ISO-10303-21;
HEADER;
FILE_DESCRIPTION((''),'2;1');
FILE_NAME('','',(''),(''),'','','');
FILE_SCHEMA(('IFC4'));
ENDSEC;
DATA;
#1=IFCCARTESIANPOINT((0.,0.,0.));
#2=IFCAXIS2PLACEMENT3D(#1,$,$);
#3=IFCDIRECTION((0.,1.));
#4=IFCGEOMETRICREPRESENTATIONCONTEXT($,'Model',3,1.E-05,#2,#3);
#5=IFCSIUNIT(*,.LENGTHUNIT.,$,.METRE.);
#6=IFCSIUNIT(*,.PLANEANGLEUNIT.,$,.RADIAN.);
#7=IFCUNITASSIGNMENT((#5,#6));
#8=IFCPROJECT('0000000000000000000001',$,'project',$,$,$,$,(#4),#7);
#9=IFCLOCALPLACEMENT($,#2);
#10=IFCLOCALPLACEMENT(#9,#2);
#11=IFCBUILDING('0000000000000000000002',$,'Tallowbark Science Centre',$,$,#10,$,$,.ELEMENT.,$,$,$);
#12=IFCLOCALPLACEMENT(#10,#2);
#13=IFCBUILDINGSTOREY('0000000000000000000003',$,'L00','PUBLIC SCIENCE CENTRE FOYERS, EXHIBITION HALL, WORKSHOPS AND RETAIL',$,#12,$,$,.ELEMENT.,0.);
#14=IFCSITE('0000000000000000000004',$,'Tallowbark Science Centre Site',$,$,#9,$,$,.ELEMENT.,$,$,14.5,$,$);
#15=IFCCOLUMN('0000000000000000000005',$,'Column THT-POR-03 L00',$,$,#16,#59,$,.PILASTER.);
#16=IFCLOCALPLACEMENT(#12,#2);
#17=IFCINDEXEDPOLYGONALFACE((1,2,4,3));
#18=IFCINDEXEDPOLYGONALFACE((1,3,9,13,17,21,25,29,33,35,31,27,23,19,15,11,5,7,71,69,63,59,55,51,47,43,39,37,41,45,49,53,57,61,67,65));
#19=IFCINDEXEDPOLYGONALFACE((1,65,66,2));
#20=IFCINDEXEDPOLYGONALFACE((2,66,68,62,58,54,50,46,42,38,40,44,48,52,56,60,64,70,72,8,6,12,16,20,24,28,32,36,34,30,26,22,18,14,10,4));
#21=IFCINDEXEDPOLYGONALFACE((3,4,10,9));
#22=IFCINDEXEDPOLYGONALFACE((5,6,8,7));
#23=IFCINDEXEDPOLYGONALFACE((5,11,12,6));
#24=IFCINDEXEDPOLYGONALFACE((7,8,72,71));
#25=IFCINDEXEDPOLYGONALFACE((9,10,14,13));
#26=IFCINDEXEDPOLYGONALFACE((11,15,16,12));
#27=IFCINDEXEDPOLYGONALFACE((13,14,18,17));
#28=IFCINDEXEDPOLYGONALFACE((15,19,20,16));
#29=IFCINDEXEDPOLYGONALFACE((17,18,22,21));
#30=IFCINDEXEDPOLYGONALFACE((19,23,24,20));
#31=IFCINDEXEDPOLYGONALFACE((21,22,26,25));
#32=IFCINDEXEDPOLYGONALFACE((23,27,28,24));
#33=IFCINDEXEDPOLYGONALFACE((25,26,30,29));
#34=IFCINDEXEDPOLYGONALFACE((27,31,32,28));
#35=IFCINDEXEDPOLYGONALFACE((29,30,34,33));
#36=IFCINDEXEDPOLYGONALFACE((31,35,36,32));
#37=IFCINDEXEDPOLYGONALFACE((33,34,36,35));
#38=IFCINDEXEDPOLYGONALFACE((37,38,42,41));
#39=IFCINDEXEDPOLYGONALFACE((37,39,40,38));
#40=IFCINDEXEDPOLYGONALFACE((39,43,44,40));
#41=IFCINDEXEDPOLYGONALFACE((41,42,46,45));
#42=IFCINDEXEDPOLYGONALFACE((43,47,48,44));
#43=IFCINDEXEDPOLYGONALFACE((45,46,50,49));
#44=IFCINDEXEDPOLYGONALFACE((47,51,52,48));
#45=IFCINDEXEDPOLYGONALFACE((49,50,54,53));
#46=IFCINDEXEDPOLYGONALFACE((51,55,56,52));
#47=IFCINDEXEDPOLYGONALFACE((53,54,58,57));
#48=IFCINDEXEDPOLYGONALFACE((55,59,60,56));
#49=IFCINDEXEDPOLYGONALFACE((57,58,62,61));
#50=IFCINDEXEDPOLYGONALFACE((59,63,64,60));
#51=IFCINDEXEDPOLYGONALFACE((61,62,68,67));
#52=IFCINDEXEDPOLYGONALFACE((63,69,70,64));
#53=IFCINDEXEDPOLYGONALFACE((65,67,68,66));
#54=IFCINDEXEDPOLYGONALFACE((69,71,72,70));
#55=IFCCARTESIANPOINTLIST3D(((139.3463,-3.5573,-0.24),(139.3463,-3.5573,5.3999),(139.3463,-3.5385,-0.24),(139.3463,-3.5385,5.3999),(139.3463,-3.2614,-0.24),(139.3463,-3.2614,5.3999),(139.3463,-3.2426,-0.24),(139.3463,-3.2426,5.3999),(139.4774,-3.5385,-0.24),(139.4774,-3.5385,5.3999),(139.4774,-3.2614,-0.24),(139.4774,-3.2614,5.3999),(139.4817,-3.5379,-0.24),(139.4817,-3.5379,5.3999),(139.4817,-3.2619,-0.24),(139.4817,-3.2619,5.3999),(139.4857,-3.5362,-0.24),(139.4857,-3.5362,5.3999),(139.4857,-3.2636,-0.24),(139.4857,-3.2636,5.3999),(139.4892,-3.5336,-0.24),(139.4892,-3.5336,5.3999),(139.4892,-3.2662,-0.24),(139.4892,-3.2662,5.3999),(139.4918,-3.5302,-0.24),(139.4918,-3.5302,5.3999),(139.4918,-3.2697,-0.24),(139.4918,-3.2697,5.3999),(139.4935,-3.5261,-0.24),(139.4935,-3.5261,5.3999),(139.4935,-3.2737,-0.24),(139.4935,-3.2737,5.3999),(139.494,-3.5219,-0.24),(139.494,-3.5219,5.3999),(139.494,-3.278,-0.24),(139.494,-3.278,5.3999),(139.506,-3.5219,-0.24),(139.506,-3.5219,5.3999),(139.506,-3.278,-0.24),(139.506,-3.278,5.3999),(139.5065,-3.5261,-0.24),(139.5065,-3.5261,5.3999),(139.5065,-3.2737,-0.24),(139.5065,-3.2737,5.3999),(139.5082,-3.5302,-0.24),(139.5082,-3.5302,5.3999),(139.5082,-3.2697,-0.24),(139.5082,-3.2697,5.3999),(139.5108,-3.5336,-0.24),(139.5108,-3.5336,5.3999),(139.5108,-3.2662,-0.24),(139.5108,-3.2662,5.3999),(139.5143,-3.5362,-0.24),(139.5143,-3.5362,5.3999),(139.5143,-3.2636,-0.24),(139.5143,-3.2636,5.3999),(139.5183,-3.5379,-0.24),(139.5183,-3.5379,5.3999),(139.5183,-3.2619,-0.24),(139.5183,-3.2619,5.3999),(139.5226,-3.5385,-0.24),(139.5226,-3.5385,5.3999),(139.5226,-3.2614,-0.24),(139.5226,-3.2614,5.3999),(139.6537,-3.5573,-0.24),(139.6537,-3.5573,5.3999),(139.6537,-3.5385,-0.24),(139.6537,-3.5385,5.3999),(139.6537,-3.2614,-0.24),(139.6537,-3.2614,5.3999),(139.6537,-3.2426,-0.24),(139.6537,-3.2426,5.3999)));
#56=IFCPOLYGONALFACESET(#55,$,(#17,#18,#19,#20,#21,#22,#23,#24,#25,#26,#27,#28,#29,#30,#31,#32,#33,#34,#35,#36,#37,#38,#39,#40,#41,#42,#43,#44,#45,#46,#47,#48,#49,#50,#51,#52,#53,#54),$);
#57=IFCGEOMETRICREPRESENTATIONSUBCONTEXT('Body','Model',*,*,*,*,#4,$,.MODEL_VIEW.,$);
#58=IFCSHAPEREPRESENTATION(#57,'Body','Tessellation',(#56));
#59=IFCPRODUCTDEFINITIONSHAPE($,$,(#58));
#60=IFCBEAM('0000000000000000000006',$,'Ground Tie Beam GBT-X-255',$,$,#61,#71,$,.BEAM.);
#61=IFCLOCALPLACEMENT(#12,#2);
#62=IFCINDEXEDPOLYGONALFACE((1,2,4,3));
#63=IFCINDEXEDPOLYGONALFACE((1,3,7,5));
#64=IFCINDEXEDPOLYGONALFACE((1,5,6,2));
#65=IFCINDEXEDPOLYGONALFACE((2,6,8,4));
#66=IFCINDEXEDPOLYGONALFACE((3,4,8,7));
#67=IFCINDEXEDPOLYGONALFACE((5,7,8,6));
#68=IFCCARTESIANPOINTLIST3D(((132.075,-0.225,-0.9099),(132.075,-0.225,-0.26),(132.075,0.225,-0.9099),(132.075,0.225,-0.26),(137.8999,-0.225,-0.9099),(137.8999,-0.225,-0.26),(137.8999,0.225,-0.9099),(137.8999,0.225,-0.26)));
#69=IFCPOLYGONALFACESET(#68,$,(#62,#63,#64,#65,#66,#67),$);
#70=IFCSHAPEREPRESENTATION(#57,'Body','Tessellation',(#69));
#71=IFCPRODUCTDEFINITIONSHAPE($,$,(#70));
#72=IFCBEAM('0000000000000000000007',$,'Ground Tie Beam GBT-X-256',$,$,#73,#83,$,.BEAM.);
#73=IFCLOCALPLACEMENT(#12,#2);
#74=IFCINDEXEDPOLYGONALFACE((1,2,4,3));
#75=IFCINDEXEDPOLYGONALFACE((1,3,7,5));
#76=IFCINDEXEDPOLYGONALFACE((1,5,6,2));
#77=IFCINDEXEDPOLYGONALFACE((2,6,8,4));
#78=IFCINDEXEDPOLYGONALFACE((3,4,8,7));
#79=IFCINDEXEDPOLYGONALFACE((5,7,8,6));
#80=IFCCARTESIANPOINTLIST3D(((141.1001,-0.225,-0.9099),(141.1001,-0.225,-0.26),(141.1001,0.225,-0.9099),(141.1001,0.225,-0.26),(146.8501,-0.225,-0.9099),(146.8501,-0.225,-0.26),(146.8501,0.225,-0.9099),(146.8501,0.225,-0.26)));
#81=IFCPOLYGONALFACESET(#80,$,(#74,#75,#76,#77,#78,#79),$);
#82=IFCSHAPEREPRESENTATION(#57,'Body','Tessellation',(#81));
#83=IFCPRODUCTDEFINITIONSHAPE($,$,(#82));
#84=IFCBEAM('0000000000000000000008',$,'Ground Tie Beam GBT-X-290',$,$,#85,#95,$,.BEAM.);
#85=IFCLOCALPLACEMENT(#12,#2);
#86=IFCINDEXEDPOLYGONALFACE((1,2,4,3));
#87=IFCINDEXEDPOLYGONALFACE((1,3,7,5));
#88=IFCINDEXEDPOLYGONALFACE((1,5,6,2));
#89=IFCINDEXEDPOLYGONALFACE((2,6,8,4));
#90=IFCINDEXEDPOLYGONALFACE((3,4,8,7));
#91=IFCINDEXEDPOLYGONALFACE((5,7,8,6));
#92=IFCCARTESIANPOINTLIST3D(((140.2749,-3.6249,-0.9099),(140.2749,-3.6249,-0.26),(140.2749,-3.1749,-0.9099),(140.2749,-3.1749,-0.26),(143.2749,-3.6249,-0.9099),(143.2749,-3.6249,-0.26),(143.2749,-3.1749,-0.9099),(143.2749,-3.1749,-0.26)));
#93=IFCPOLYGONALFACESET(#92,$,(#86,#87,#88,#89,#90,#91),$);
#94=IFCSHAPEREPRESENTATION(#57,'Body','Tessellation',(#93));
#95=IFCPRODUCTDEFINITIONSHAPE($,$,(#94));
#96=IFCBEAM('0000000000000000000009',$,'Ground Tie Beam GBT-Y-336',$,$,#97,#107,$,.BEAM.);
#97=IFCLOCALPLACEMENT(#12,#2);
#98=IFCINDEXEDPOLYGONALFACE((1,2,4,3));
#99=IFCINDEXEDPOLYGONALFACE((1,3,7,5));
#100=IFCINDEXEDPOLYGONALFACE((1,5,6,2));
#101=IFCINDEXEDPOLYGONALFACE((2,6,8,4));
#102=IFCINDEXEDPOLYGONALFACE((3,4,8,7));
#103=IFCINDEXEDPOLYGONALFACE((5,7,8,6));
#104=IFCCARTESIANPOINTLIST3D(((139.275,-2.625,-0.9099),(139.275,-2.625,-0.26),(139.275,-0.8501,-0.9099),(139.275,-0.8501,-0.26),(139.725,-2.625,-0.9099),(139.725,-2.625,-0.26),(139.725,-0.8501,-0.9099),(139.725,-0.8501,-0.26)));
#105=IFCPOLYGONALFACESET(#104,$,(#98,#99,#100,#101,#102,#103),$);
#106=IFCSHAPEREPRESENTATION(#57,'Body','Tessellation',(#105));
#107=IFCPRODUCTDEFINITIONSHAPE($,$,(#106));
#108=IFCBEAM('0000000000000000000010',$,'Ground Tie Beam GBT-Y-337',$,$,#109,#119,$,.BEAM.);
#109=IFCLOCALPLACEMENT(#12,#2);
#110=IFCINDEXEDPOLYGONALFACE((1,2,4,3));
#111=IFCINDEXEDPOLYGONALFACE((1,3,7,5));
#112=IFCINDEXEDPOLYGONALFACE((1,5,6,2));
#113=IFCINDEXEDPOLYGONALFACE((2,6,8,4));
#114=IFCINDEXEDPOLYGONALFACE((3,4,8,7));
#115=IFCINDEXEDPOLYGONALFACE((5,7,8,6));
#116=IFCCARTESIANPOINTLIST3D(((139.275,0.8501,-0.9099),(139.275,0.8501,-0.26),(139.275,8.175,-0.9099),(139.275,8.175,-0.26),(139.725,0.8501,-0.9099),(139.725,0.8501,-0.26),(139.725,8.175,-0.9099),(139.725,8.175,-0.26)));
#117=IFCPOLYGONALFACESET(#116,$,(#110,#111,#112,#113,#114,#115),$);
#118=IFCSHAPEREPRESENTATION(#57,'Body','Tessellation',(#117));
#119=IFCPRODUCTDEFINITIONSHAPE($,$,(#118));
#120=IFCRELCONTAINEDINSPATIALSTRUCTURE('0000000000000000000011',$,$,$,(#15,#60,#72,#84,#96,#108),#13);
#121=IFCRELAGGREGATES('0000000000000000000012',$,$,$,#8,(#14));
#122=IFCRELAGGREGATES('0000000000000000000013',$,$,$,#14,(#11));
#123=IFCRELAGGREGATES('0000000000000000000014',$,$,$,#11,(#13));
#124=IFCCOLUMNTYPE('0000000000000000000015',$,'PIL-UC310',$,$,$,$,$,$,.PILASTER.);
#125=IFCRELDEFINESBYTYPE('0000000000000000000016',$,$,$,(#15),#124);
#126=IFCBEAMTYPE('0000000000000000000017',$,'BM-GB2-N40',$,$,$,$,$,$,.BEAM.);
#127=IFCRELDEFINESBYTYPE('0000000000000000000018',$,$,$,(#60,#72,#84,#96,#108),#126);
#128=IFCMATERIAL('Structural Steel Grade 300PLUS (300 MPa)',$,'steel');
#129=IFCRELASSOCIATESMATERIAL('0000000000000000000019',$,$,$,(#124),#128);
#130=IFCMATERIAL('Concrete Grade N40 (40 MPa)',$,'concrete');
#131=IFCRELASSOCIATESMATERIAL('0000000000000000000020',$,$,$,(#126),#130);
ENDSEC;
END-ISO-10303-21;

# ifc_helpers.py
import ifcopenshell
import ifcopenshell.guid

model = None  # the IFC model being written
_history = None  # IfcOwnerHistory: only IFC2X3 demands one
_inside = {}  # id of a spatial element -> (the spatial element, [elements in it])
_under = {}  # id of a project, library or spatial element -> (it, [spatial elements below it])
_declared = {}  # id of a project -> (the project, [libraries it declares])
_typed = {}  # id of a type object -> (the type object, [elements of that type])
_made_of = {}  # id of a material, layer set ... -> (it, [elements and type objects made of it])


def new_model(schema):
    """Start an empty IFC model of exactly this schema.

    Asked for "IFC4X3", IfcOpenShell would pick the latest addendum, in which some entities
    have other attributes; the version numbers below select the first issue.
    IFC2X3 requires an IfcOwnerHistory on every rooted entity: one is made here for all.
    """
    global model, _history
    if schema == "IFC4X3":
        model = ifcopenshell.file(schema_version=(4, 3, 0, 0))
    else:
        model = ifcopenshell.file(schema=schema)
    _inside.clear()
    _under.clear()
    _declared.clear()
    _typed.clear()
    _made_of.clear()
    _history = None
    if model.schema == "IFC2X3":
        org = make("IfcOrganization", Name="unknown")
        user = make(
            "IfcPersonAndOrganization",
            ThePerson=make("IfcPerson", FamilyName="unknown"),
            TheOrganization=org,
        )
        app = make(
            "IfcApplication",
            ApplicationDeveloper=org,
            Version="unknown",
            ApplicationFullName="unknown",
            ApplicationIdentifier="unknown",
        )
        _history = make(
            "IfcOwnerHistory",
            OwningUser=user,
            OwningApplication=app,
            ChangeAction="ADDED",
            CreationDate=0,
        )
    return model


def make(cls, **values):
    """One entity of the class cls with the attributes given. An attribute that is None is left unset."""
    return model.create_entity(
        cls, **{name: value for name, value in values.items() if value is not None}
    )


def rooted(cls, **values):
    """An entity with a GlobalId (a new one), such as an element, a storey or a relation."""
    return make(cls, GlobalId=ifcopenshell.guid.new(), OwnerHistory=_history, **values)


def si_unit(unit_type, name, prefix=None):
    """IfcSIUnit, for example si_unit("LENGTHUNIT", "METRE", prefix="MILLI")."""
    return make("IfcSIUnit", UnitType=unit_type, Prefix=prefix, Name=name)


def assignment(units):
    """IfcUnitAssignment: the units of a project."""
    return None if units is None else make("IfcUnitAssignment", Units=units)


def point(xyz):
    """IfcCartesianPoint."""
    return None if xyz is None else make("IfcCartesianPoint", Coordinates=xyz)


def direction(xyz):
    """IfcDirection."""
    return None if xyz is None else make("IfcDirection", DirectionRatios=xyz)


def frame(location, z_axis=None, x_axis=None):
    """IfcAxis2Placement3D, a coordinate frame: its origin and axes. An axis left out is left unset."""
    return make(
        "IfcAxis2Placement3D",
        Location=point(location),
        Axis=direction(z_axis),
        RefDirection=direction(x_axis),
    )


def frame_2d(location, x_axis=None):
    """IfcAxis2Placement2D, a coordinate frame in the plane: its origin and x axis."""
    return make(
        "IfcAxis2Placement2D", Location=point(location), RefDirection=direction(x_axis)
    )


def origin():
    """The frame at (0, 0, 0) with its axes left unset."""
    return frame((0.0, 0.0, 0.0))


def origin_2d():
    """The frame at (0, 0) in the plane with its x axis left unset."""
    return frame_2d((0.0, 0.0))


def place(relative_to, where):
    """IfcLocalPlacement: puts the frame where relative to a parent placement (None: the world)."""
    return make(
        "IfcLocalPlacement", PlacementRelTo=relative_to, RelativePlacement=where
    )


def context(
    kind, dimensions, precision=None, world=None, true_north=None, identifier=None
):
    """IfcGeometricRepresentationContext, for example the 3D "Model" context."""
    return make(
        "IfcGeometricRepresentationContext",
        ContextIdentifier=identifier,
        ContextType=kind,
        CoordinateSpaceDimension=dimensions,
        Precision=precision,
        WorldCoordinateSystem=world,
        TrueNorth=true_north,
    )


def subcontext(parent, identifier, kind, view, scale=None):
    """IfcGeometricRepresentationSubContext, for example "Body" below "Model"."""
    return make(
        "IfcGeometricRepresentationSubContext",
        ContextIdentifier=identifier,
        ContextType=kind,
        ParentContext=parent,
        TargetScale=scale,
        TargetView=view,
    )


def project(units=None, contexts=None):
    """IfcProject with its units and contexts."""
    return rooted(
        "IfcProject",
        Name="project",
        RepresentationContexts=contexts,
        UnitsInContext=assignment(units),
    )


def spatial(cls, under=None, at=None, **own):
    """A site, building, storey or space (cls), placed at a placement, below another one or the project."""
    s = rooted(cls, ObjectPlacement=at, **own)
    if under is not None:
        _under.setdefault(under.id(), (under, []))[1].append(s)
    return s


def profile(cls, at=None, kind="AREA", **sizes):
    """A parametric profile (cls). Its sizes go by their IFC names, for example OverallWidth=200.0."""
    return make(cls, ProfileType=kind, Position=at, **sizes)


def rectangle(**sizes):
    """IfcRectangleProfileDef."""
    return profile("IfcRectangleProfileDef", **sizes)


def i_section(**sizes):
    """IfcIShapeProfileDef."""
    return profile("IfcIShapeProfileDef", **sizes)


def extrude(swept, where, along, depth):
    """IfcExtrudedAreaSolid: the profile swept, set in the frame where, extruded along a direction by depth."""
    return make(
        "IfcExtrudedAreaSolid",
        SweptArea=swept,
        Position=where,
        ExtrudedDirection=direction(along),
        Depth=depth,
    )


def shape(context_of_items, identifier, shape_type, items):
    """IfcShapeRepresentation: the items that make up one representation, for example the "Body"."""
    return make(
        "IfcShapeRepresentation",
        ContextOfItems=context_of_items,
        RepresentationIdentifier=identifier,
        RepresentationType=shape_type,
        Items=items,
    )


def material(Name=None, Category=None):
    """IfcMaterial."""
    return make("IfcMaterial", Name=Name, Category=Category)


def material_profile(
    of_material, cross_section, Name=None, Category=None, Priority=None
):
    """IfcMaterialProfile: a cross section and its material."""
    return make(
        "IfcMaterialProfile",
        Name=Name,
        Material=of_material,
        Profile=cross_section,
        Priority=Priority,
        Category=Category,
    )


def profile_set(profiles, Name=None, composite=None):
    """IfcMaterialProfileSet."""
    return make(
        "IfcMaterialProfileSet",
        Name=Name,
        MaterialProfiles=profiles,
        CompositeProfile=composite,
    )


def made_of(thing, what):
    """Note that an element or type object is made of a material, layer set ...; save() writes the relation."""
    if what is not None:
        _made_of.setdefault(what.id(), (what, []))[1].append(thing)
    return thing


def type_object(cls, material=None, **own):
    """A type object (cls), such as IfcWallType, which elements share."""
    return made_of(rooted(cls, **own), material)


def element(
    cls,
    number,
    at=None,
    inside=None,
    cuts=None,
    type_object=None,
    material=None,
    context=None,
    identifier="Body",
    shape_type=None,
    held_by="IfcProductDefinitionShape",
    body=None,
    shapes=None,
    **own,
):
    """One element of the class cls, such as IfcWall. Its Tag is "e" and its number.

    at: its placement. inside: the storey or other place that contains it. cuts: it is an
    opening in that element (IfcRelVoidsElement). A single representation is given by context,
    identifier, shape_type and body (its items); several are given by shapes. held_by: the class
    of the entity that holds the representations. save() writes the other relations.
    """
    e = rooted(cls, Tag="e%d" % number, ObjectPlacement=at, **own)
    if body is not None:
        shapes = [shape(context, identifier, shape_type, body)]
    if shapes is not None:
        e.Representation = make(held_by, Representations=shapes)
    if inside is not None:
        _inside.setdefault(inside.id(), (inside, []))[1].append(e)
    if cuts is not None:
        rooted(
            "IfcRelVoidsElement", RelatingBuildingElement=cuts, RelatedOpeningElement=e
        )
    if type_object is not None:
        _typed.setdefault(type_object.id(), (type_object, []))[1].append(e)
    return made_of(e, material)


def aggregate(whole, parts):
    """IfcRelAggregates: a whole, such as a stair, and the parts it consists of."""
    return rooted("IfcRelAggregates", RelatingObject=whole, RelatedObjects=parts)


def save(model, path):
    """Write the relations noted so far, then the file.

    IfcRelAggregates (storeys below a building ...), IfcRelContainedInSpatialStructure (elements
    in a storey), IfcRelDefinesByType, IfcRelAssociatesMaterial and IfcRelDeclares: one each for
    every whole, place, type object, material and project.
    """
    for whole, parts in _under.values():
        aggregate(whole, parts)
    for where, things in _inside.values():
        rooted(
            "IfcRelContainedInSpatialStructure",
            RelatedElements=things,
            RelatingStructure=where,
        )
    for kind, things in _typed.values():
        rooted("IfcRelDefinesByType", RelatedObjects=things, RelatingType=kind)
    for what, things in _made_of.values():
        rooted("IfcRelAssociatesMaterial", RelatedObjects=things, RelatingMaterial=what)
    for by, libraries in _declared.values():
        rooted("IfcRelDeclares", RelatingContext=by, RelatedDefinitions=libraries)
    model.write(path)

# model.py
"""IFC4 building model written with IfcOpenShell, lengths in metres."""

from ifc_helpers import new_model, si_unit, direction, frame, origin, origin_2d, place, context, subcontext, project, spatial, rectangle, i_section, extrude, material, material_profile, profile_set, type_object, element, save


model = new_model("IFC4")

# Units and contexts
model_context = context("Model", 3, precision=1e-05, world=origin(), true_north=direction((0.0, 1.0)))
body_context = subcontext(model_context, "Body", "Model", "MODEL_VIEW")
ifc_project = project(units=[si_unit("LENGTHUNIT", "METRE"), si_unit("PLANEANGLEUNIT", "RADIAN")], contexts=[model_context])

# Site, building, storey
site_placement = place(None, origin())
site = spatial("IfcSite", under=ifc_project, at=site_placement, Name="Tallowbark Science Centre Site", CompositionType="ELEMENT", RefElevation=14.5)
building_placement = place(site_placement, origin())
building = spatial("IfcBuilding", under=site, at=building_placement, Name="Tallowbark Science Centre", CompositionType="ELEMENT")
storey_placement = place(building_placement, origin())
storey = spatial("IfcBuildingStorey", under=building, at=storey_placement, Name="L00", Description="PUBLIC SCIENCE CENTRE FOYERS, EXHIBITION HALL, WORKSHOPS AND RETAIL", CompositionType="ELEMENT", Elevation=0.0)

# Shared definitions
ifc_material_1 = material(Name="Concrete Grade N40 (40 MPa)", Category="concrete")

# Column
ifc_material_2 = material(Name="Structural Steel Grade 300PLUS (300 MPa)", Category="steel")
ifc_material_profile_1 = material_profile(ifc_material_2, i_section(OverallWidth=0.3074, OverallDepth=0.3147, WebThickness=0.012, FlangeThickness=0.0188, FilletRadius=0.0166, at=origin_2d()), Name="310UC118")
ifc_profile_set_1 = profile_set([ifc_material_profile_1], Name="Structural Steel Grade 300PLUS (300 MPa)")
column_type_1 = type_object("IfcColumnType", Name="PIL-UC310", PredefinedType="PILASTER", material=ifc_profile_set_1)
column_1_placement = place(storey_placement, frame((139.5, -3.3999, -0.24), z_axis=(0.0, 0.0, 1.0), x_axis=(1.0, 0.0, 0.0)))
element("IfcColumn", 1, at=column_1_placement, inside=storey, type_object=column_type_1, Name="Column THT-POR-03 L00", PredefinedType="PILASTER", context=body_context, shape_type="SweptSolid", body=[
    extrude(i_section(OverallWidth=0.3074, OverallDepth=0.3147, WebThickness=0.012, FlangeThickness=0.0188, FilletRadius=0.0166, at=origin_2d()), origin(), (0.0, 0.0, 1.0), 5.6399),
])

# Beams
ifc_material_profile_2 = material_profile(ifc_material_1, rectangle(XDim=0.45, YDim=0.6499, at=origin_2d()), Name="RC450x650")
ifc_profile_set_2 = profile_set([ifc_material_profile_2], Name="Concrete Grade N40 (40 MPa)")
beam_type = type_object("IfcBeamType", Name="BM-GB2-N40", PredefinedType="BEAM", material=ifc_profile_set_2)
beam_1_placement = place(storey_placement, frame((132.075, 0.0, -0.585), z_axis=(1.0, 0.0, 0.0), x_axis=(0.0, 1.0, 0.0)))
element("IfcBeam", 2, at=beam_1_placement, inside=storey, type_object=beam_type, Name="Ground Tie Beam GBT-X-255", PredefinedType="BEAM", context=body_context, shape_type="SweptSolid", body=[
    extrude(rectangle(XDim=0.45, YDim=0.6499, at=origin_2d()), origin(), (0.0, 0.0, 1.0), 5.825),
])
beam_2_placement = place(storey_placement, frame((141.1001, 0.0, -0.585), z_axis=(1.0, 0.0, 0.0), x_axis=(0.0, 1.0, 0.0)))
element("IfcBeam", 3, at=beam_2_placement, inside=storey, type_object=beam_type, Name="Ground Tie Beam GBT-X-256", PredefinedType="BEAM", context=body_context, shape_type="SweptSolid", body=[
    extrude(rectangle(XDim=0.45, YDim=0.6499, at=origin_2d()), origin(), (0.0, 0.0, 1.0), 5.75),
])
beam_3_placement = place(storey_placement, frame((140.2749, -3.3999, -0.585), z_axis=(1.0, 0.0, 0.0), x_axis=(0.0, 1.0, 0.0)))
element("IfcBeam", 4, at=beam_3_placement, inside=storey, type_object=beam_type, Name="Ground Tie Beam GBT-X-290", PredefinedType="BEAM", context=body_context, shape_type="SweptSolid", body=[
    extrude(rectangle(XDim=0.45, YDim=0.6499, at=origin_2d()), origin(), (0.0, 0.0, 1.0), 3.0),
])
beam_4_placement = place(storey_placement, frame((139.5, -2.625, -0.585), z_axis=(0.0, 1.0, 0.0), x_axis=(-1.0, 0.0, 0.0)))
element("IfcBeam", 5, at=beam_4_placement, inside=storey, type_object=beam_type, Name="Ground Tie Beam GBT-Y-336", PredefinedType="BEAM", context=body_context, shape_type="SweptSolid", body=[
    extrude(rectangle(XDim=0.45, YDim=0.6499, at=origin_2d()), origin(), (0.0, 0.0, 1.0), 1.7749),
])
beam_5_placement = place(storey_placement, frame((139.5, 0.8501, -0.585), z_axis=(0.0, 1.0, 0.0), x_axis=(-1.0, 0.0, 0.0)))
element("IfcBeam", 6, at=beam_5_placement, inside=storey, type_object=beam_type, Name="Ground Tie Beam GBT-Y-337", PredefinedType="BEAM", context=body_context, shape_type="SweptSolid", body=[
    extrude(rectangle(XDim=0.45, YDim=0.6499, at=origin_2d()), origin(), (0.0, 0.0, 1.0), 7.325),
])

save(model, "model.ifc")
